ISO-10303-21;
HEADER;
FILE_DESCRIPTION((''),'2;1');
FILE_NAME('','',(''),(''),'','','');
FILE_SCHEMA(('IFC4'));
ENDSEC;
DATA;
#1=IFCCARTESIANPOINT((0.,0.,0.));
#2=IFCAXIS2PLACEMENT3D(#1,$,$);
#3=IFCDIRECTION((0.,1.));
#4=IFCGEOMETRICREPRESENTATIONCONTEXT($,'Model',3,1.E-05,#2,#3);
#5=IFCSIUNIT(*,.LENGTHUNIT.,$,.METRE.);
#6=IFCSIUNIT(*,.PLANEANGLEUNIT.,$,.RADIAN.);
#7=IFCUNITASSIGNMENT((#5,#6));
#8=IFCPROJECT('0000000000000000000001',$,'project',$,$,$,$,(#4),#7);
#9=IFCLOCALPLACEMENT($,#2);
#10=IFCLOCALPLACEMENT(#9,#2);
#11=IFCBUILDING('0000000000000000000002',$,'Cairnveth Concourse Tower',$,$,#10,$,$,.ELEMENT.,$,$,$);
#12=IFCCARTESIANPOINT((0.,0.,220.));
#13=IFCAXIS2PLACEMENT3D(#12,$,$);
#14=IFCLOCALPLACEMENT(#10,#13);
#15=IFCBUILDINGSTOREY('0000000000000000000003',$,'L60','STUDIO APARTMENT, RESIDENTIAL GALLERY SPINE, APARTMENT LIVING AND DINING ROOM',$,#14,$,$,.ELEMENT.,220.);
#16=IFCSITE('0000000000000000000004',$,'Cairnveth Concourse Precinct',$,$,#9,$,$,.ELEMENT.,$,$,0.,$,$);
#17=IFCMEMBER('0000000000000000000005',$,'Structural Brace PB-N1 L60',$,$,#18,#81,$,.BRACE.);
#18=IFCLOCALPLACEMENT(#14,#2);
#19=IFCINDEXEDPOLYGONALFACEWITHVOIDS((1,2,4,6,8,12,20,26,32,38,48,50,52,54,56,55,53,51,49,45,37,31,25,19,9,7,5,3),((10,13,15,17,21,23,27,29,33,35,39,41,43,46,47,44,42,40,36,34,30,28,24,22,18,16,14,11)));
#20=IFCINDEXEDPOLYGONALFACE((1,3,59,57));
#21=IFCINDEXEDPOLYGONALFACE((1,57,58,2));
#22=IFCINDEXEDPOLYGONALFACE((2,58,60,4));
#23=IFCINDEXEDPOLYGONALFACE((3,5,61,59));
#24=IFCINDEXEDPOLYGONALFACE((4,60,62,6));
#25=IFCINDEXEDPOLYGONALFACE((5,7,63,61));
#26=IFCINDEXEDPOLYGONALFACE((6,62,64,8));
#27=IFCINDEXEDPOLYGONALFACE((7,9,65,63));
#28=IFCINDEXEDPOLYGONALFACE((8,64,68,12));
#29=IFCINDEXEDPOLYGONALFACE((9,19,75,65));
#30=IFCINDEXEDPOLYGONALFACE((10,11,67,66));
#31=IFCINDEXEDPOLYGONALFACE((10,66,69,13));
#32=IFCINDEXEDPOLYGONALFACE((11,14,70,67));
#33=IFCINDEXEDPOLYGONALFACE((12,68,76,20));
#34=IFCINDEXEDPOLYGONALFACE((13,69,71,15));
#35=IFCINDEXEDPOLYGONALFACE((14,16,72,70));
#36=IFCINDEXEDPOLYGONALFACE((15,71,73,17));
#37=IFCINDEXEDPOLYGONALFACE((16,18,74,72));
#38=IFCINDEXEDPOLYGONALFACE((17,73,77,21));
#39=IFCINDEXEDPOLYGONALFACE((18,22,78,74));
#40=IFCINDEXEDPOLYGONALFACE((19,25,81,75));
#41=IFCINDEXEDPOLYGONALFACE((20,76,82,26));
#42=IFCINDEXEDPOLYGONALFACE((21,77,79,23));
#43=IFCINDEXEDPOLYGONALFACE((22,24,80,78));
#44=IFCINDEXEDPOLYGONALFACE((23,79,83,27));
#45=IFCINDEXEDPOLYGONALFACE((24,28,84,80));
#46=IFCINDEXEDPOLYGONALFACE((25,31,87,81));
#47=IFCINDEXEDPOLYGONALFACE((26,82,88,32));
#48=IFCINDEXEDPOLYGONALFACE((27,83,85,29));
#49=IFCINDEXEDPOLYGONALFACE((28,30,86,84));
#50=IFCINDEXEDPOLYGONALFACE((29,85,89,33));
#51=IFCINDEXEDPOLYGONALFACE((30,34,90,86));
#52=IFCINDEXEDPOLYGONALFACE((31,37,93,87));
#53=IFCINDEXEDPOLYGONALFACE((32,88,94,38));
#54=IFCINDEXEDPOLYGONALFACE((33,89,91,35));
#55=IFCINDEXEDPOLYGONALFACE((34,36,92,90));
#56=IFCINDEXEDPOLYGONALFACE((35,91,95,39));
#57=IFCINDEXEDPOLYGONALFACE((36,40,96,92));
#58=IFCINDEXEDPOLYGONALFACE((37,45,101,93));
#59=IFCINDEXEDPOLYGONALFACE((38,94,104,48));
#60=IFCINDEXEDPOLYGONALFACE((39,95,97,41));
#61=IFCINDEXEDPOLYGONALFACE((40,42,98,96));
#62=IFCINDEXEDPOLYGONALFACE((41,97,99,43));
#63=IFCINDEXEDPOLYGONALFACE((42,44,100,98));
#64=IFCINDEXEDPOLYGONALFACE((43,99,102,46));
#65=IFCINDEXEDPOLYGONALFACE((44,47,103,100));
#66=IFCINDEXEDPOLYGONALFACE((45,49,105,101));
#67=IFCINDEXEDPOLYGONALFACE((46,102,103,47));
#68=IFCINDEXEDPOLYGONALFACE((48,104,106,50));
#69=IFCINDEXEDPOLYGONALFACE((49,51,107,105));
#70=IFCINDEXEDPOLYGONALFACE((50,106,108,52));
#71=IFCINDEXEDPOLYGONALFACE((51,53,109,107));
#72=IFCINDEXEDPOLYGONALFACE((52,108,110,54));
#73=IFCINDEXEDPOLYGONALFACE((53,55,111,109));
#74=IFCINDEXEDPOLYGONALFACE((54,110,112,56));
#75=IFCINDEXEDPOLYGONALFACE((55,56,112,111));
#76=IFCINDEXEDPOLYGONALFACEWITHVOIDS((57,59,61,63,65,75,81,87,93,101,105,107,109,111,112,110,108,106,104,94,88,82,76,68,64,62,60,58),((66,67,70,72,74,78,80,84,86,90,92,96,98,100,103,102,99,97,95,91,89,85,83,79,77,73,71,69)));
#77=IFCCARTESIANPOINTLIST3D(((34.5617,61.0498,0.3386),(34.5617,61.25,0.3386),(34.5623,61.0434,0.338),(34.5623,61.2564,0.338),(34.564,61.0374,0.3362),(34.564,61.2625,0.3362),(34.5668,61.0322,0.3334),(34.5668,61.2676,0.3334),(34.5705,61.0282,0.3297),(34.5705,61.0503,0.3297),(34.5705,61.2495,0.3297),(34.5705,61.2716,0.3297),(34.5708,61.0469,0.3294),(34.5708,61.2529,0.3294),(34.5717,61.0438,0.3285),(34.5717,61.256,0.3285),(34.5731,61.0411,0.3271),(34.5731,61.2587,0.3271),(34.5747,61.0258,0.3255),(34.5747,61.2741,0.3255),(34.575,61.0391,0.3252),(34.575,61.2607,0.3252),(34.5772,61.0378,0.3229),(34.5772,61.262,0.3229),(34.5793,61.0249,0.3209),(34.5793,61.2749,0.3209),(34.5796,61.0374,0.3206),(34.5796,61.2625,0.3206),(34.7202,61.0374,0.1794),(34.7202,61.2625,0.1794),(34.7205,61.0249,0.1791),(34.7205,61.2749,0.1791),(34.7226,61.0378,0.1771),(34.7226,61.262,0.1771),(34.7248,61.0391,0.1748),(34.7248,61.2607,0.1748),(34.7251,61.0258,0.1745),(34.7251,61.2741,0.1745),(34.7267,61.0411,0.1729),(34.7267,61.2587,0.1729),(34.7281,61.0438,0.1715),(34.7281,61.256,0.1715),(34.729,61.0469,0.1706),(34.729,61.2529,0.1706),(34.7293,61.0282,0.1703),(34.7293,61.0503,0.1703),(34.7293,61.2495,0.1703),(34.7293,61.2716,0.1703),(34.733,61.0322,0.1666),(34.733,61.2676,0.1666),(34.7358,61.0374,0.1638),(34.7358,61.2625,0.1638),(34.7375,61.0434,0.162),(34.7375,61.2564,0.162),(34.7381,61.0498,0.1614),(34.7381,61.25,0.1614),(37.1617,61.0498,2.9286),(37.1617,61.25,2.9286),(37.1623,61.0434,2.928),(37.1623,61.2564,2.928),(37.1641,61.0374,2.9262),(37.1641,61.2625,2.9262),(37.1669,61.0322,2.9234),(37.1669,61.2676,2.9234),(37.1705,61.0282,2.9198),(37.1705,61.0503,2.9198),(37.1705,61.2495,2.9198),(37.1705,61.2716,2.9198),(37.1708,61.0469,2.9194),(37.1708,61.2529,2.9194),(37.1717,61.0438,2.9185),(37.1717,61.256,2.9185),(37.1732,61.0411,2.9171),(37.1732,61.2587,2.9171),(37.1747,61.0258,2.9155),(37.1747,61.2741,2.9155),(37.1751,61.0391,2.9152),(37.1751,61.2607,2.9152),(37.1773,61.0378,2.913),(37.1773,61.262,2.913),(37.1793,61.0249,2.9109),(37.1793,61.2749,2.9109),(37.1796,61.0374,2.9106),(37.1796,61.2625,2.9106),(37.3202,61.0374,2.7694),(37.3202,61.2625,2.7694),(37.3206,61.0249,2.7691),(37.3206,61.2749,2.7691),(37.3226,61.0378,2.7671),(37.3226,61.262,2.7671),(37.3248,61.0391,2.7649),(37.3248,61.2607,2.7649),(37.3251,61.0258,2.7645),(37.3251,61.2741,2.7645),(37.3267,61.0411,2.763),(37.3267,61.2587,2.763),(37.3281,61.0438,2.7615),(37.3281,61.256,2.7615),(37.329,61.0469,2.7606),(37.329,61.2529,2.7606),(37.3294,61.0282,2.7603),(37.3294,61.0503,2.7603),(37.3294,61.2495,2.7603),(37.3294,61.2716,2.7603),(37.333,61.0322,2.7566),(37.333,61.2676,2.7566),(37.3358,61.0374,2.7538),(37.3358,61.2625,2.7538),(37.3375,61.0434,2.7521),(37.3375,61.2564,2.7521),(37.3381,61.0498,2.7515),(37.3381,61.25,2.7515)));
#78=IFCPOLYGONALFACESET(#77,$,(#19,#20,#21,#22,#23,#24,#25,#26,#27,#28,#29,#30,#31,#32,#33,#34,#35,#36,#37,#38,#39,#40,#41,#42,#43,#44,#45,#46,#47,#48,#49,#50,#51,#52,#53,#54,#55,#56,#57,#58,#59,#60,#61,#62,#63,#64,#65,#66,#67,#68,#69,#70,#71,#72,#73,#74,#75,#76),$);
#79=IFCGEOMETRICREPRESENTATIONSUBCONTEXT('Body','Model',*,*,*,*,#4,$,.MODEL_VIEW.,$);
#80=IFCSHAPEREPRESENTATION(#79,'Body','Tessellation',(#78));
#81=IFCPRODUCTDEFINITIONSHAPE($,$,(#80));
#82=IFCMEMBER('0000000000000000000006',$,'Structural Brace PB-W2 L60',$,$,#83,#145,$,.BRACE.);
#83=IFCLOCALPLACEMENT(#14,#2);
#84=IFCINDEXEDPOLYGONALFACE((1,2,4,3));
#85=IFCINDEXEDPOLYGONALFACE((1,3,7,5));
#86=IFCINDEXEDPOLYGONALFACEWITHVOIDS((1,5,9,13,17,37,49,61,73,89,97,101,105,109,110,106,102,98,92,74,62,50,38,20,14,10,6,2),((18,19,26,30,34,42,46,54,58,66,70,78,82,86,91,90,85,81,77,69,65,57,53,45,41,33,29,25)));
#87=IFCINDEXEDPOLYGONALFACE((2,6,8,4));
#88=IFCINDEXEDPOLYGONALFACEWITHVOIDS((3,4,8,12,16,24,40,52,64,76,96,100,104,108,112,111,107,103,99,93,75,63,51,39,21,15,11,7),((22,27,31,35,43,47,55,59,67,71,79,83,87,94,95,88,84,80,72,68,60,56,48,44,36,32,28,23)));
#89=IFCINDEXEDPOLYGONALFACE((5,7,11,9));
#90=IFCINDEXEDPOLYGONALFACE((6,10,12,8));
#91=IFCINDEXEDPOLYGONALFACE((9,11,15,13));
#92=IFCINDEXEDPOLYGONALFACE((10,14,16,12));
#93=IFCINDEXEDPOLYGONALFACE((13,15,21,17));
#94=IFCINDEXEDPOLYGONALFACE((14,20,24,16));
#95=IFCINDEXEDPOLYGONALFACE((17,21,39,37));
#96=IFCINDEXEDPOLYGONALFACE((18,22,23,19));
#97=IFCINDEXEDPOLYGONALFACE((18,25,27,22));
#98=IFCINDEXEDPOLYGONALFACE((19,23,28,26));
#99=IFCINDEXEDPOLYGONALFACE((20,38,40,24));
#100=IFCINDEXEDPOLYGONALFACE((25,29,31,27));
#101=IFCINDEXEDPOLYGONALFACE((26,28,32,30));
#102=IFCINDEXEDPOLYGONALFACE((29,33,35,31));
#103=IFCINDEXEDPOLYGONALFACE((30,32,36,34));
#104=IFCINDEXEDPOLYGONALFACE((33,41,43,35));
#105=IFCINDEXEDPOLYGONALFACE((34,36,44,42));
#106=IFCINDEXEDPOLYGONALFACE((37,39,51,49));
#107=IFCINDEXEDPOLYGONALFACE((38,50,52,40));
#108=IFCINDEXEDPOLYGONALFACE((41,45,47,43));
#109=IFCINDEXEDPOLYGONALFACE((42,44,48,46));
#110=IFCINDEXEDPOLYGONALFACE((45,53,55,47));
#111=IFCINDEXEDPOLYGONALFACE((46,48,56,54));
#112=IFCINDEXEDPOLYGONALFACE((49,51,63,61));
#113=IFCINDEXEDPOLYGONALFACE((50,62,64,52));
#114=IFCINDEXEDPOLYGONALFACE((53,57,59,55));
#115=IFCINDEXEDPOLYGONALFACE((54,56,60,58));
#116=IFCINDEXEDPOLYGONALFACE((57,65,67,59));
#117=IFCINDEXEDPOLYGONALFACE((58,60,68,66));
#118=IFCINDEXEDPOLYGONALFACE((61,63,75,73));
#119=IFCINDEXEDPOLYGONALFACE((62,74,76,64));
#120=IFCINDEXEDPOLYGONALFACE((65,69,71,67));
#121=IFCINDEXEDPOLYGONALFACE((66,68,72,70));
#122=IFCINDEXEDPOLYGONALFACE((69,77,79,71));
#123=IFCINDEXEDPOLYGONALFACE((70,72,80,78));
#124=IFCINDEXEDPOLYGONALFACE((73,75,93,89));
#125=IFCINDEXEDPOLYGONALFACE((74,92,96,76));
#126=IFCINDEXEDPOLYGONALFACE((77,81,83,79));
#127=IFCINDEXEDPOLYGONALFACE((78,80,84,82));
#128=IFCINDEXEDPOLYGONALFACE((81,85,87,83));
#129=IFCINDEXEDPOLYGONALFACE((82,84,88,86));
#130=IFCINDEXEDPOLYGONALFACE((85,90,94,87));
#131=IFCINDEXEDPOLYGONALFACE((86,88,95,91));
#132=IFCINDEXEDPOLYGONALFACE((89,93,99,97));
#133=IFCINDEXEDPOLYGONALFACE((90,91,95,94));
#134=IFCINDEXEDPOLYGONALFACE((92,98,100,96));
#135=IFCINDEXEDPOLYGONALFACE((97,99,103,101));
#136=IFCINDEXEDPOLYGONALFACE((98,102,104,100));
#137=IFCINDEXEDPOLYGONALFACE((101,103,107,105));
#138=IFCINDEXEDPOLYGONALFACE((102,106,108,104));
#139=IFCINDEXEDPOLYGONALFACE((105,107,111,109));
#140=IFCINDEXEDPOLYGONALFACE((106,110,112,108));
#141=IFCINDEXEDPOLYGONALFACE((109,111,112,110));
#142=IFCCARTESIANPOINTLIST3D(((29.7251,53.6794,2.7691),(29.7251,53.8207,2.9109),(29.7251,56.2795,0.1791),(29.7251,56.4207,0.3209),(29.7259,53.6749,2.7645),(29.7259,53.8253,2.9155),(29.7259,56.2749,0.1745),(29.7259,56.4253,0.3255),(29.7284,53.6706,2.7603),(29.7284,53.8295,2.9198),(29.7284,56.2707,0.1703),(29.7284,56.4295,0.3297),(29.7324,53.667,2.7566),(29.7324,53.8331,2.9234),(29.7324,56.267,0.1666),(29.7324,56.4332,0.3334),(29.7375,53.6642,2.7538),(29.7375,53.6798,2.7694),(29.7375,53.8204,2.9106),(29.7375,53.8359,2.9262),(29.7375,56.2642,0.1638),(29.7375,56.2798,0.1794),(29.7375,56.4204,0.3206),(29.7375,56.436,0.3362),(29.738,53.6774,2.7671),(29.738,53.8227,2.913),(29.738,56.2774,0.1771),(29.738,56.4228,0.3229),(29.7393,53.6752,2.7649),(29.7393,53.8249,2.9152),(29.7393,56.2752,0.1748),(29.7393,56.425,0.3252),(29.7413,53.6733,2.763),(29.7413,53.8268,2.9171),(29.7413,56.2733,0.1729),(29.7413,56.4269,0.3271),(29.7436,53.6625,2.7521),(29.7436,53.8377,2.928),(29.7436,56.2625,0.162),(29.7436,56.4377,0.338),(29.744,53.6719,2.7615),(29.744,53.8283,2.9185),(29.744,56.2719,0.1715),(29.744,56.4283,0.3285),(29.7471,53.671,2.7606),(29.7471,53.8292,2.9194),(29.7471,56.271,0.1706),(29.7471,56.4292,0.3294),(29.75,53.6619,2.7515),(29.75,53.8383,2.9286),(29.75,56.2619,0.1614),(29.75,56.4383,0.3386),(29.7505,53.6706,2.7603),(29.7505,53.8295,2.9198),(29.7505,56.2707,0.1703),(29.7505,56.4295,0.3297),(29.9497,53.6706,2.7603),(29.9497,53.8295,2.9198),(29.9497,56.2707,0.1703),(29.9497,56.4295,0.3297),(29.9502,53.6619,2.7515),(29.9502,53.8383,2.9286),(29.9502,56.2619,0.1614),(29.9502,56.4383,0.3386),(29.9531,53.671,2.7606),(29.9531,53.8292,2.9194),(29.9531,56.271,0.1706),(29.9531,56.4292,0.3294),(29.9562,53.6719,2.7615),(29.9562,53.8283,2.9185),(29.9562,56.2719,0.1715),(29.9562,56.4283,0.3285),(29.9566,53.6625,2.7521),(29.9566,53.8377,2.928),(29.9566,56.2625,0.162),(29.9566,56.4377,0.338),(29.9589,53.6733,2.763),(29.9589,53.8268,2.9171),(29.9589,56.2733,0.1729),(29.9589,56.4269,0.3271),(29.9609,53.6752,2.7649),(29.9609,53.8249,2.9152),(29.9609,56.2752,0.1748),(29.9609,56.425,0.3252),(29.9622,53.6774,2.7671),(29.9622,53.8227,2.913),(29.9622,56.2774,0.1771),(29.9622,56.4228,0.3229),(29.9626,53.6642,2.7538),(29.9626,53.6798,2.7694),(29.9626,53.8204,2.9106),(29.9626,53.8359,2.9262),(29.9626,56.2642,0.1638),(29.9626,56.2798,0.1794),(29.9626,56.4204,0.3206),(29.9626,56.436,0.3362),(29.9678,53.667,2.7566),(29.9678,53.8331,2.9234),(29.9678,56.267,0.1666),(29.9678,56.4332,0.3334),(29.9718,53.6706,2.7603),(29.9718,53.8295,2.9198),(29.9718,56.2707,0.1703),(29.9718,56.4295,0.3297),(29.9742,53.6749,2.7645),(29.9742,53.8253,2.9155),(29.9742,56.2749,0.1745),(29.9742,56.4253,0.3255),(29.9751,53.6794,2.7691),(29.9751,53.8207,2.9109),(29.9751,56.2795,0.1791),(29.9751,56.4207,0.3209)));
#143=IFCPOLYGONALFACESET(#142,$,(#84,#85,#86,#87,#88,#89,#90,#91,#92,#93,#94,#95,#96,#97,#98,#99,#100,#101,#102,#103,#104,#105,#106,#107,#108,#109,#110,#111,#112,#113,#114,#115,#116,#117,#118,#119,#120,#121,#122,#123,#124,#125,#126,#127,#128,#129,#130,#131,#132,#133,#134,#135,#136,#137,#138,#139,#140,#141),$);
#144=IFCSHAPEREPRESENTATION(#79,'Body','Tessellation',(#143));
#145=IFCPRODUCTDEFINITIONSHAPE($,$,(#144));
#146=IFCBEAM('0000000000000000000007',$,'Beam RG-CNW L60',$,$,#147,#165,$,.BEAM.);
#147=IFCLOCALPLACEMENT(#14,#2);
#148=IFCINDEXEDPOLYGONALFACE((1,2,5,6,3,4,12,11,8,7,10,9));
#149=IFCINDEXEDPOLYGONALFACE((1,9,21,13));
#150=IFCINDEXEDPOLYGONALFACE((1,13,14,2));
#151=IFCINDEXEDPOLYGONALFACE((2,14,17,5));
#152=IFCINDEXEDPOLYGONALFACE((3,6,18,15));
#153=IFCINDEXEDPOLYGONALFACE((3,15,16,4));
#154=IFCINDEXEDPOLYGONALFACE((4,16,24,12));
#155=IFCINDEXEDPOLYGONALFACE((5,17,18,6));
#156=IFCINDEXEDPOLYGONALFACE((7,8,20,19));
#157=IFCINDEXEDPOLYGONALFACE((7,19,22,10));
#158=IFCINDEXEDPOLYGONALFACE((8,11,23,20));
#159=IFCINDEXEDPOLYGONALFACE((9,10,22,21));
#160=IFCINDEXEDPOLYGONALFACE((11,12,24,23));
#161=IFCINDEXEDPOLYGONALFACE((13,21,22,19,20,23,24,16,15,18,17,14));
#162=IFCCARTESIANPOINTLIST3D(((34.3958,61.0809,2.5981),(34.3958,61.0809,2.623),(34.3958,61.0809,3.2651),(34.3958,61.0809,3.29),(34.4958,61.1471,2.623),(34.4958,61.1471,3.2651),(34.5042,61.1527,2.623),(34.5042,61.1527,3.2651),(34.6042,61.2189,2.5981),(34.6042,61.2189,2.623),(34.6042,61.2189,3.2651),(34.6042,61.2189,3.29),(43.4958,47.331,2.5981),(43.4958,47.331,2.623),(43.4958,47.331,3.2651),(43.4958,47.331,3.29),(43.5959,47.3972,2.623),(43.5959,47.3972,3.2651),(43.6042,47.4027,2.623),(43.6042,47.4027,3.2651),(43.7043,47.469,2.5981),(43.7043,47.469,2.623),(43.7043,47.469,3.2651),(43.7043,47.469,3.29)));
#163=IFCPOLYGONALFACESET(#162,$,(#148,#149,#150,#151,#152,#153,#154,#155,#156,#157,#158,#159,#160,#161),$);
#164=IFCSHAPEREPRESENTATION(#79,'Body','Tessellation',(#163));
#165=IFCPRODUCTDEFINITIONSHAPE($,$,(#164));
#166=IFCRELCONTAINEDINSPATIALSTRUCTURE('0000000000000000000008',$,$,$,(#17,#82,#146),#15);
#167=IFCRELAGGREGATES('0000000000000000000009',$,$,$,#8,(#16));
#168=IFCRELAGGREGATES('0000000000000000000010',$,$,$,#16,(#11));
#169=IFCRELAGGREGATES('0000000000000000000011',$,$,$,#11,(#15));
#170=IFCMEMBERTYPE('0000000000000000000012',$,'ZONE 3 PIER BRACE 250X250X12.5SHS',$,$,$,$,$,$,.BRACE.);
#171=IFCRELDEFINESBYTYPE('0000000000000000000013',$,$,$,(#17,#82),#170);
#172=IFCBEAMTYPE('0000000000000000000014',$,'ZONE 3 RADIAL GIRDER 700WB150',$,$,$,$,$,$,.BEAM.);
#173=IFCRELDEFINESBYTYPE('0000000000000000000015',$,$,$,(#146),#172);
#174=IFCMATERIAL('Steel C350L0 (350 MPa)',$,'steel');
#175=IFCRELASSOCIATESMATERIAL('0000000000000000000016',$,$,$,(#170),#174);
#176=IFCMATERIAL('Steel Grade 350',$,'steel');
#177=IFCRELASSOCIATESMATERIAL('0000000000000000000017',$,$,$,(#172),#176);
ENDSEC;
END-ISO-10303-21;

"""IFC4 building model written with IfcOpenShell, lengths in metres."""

from ifc_helpers import new_model, si_unit, direction, frame, origin, origin_2d, place, context, subcontext, project, spatial, hollow_rectangle, i_section, extrude, material, material_profile, profile_set, type_object, element, save


model = new_model("IFC4")

# Units and contexts
model_context = context("Model", 3, precision=1e-05, world=origin(), true_north=direction((0.0, 1.0)))
body_context = subcontext(model_context, "Body", "Model", "MODEL_VIEW")
ifc_project = project(units=[si_unit("LENGTHUNIT", "METRE"), si_unit("PLANEANGLEUNIT", "RADIAN")], contexts=[model_context])

# Site, building, storey
site_placement = place(None, origin())
site = spatial("IfcSite", under=ifc_project, at=site_placement, Name="Cairnveth Concourse Precinct", CompositionType="ELEMENT", RefElevation=0.0)
building_placement = place(site_placement, origin())
building = spatial("IfcBuilding", under=site, at=building_placement, Name="Cairnveth Concourse Tower", CompositionType="ELEMENT")
storey_placement = place(building_placement, frame((0.0, 0.0, 220.0)))
storey = spatial("IfcBuildingStorey", under=building, at=storey_placement, Name="L60", Description="STUDIO APARTMENT, RESIDENTIAL GALLERY SPINE, APARTMENT LIVING AND DINING ROOM", CompositionType="ELEMENT", Elevation=220.0)

# Shared definitions
ifc_material_1 = material(Name="Steel Grade 350", Category="steel")

# Members
ifc_material_2 = material(Name="Steel C350L0 (350 MPa)", Category="steel")
ifc_material_profile_1 = material_profile(ifc_material_2, hollow_rectangle(XDim=0.25, YDim=0.25, WallThickness=0.0125, InnerFilletRadius=0.0129, OuterFilletRadius=0.0249, at=origin_2d()), Name="250x250x12.5SHS")
ifc_profile_set_1 = profile_set([ifc_material_profile_1], Name="Steel C350L0 (350 MPa)")
member_type = type_object("IfcMemberType", Name="ZONE 3 PIER BRACE 250X250X12.5SHS", PredefinedType="BRACE", material=ifc_profile_set_1)
for number, where, z_axis, x_axis, name in (
    (1, (34.6499, 61.1499, 0.25), (0.708469, 0.0, 0.705742), (0.0, 1.0, 0.0), "Structural Brace PB-N1 L60"),
    (2, (29.8501, 56.3501, 0.25), (0.0, -0.708469, 0.705742), (1.0, 0.0, 0.0), "Structural Brace PB-W2 L60"),
):
    element("IfcMember", number, at=place(storey_placement, frame(where, z_axis=z_axis, x_axis=x_axis)), inside=storey, type_object=member_type, Name=name, PredefinedType="BRACE", context=body_context, shape_type="SweptSolid", body=[
        extrude(hollow_rectangle(XDim=0.25, YDim=0.25, WallThickness=0.0125, InnerFilletRadius=0.0129, OuterFilletRadius=0.0249, at=origin_2d()), origin(), (0.0, 0.0, 1.0), 3.6699),
    ])

# Beam
ifc_material_profile_2 = material_profile(ifc_material_1, i_section(OverallWidth=0.25, OverallDepth=0.6919, WebThickness=0.01, FlangeThickness=0.0249, at=origin_2d()), Name="700WB150")
ifc_profile_set_2 = profile_set([ifc_material_profile_2], Name="Steel Grade 350")
beam_type_1 = type_object("IfcBeamType", Name="ZONE 3 RADIAL GIRDER 700WB150", PredefinedType="BEAM", material=ifc_profile_set_2)
beam_1_placement = place(storey_placement, frame((34.5, 61.1499, 2.9441), z_axis=(0.551902, -0.833909, 0.0), x_axis=(0.833909, 0.551902, 0.0)))
element("IfcBeam", 3, at=beam_1_placement, inside=storey, type_object=beam_type_1, Name="Beam RG-CNW L60", PredefinedType="BEAM", context=body_context, shape_type="SweptSolid", body=[
    extrude(i_section(OverallWidth=0.25, OverallDepth=0.6919, WebThickness=0.01, FlangeThickness=0.0249, at=origin_2d()), origin(), (0.0, 0.0, 1.0), 16.4885),
])

save(model, "model.ifc")
